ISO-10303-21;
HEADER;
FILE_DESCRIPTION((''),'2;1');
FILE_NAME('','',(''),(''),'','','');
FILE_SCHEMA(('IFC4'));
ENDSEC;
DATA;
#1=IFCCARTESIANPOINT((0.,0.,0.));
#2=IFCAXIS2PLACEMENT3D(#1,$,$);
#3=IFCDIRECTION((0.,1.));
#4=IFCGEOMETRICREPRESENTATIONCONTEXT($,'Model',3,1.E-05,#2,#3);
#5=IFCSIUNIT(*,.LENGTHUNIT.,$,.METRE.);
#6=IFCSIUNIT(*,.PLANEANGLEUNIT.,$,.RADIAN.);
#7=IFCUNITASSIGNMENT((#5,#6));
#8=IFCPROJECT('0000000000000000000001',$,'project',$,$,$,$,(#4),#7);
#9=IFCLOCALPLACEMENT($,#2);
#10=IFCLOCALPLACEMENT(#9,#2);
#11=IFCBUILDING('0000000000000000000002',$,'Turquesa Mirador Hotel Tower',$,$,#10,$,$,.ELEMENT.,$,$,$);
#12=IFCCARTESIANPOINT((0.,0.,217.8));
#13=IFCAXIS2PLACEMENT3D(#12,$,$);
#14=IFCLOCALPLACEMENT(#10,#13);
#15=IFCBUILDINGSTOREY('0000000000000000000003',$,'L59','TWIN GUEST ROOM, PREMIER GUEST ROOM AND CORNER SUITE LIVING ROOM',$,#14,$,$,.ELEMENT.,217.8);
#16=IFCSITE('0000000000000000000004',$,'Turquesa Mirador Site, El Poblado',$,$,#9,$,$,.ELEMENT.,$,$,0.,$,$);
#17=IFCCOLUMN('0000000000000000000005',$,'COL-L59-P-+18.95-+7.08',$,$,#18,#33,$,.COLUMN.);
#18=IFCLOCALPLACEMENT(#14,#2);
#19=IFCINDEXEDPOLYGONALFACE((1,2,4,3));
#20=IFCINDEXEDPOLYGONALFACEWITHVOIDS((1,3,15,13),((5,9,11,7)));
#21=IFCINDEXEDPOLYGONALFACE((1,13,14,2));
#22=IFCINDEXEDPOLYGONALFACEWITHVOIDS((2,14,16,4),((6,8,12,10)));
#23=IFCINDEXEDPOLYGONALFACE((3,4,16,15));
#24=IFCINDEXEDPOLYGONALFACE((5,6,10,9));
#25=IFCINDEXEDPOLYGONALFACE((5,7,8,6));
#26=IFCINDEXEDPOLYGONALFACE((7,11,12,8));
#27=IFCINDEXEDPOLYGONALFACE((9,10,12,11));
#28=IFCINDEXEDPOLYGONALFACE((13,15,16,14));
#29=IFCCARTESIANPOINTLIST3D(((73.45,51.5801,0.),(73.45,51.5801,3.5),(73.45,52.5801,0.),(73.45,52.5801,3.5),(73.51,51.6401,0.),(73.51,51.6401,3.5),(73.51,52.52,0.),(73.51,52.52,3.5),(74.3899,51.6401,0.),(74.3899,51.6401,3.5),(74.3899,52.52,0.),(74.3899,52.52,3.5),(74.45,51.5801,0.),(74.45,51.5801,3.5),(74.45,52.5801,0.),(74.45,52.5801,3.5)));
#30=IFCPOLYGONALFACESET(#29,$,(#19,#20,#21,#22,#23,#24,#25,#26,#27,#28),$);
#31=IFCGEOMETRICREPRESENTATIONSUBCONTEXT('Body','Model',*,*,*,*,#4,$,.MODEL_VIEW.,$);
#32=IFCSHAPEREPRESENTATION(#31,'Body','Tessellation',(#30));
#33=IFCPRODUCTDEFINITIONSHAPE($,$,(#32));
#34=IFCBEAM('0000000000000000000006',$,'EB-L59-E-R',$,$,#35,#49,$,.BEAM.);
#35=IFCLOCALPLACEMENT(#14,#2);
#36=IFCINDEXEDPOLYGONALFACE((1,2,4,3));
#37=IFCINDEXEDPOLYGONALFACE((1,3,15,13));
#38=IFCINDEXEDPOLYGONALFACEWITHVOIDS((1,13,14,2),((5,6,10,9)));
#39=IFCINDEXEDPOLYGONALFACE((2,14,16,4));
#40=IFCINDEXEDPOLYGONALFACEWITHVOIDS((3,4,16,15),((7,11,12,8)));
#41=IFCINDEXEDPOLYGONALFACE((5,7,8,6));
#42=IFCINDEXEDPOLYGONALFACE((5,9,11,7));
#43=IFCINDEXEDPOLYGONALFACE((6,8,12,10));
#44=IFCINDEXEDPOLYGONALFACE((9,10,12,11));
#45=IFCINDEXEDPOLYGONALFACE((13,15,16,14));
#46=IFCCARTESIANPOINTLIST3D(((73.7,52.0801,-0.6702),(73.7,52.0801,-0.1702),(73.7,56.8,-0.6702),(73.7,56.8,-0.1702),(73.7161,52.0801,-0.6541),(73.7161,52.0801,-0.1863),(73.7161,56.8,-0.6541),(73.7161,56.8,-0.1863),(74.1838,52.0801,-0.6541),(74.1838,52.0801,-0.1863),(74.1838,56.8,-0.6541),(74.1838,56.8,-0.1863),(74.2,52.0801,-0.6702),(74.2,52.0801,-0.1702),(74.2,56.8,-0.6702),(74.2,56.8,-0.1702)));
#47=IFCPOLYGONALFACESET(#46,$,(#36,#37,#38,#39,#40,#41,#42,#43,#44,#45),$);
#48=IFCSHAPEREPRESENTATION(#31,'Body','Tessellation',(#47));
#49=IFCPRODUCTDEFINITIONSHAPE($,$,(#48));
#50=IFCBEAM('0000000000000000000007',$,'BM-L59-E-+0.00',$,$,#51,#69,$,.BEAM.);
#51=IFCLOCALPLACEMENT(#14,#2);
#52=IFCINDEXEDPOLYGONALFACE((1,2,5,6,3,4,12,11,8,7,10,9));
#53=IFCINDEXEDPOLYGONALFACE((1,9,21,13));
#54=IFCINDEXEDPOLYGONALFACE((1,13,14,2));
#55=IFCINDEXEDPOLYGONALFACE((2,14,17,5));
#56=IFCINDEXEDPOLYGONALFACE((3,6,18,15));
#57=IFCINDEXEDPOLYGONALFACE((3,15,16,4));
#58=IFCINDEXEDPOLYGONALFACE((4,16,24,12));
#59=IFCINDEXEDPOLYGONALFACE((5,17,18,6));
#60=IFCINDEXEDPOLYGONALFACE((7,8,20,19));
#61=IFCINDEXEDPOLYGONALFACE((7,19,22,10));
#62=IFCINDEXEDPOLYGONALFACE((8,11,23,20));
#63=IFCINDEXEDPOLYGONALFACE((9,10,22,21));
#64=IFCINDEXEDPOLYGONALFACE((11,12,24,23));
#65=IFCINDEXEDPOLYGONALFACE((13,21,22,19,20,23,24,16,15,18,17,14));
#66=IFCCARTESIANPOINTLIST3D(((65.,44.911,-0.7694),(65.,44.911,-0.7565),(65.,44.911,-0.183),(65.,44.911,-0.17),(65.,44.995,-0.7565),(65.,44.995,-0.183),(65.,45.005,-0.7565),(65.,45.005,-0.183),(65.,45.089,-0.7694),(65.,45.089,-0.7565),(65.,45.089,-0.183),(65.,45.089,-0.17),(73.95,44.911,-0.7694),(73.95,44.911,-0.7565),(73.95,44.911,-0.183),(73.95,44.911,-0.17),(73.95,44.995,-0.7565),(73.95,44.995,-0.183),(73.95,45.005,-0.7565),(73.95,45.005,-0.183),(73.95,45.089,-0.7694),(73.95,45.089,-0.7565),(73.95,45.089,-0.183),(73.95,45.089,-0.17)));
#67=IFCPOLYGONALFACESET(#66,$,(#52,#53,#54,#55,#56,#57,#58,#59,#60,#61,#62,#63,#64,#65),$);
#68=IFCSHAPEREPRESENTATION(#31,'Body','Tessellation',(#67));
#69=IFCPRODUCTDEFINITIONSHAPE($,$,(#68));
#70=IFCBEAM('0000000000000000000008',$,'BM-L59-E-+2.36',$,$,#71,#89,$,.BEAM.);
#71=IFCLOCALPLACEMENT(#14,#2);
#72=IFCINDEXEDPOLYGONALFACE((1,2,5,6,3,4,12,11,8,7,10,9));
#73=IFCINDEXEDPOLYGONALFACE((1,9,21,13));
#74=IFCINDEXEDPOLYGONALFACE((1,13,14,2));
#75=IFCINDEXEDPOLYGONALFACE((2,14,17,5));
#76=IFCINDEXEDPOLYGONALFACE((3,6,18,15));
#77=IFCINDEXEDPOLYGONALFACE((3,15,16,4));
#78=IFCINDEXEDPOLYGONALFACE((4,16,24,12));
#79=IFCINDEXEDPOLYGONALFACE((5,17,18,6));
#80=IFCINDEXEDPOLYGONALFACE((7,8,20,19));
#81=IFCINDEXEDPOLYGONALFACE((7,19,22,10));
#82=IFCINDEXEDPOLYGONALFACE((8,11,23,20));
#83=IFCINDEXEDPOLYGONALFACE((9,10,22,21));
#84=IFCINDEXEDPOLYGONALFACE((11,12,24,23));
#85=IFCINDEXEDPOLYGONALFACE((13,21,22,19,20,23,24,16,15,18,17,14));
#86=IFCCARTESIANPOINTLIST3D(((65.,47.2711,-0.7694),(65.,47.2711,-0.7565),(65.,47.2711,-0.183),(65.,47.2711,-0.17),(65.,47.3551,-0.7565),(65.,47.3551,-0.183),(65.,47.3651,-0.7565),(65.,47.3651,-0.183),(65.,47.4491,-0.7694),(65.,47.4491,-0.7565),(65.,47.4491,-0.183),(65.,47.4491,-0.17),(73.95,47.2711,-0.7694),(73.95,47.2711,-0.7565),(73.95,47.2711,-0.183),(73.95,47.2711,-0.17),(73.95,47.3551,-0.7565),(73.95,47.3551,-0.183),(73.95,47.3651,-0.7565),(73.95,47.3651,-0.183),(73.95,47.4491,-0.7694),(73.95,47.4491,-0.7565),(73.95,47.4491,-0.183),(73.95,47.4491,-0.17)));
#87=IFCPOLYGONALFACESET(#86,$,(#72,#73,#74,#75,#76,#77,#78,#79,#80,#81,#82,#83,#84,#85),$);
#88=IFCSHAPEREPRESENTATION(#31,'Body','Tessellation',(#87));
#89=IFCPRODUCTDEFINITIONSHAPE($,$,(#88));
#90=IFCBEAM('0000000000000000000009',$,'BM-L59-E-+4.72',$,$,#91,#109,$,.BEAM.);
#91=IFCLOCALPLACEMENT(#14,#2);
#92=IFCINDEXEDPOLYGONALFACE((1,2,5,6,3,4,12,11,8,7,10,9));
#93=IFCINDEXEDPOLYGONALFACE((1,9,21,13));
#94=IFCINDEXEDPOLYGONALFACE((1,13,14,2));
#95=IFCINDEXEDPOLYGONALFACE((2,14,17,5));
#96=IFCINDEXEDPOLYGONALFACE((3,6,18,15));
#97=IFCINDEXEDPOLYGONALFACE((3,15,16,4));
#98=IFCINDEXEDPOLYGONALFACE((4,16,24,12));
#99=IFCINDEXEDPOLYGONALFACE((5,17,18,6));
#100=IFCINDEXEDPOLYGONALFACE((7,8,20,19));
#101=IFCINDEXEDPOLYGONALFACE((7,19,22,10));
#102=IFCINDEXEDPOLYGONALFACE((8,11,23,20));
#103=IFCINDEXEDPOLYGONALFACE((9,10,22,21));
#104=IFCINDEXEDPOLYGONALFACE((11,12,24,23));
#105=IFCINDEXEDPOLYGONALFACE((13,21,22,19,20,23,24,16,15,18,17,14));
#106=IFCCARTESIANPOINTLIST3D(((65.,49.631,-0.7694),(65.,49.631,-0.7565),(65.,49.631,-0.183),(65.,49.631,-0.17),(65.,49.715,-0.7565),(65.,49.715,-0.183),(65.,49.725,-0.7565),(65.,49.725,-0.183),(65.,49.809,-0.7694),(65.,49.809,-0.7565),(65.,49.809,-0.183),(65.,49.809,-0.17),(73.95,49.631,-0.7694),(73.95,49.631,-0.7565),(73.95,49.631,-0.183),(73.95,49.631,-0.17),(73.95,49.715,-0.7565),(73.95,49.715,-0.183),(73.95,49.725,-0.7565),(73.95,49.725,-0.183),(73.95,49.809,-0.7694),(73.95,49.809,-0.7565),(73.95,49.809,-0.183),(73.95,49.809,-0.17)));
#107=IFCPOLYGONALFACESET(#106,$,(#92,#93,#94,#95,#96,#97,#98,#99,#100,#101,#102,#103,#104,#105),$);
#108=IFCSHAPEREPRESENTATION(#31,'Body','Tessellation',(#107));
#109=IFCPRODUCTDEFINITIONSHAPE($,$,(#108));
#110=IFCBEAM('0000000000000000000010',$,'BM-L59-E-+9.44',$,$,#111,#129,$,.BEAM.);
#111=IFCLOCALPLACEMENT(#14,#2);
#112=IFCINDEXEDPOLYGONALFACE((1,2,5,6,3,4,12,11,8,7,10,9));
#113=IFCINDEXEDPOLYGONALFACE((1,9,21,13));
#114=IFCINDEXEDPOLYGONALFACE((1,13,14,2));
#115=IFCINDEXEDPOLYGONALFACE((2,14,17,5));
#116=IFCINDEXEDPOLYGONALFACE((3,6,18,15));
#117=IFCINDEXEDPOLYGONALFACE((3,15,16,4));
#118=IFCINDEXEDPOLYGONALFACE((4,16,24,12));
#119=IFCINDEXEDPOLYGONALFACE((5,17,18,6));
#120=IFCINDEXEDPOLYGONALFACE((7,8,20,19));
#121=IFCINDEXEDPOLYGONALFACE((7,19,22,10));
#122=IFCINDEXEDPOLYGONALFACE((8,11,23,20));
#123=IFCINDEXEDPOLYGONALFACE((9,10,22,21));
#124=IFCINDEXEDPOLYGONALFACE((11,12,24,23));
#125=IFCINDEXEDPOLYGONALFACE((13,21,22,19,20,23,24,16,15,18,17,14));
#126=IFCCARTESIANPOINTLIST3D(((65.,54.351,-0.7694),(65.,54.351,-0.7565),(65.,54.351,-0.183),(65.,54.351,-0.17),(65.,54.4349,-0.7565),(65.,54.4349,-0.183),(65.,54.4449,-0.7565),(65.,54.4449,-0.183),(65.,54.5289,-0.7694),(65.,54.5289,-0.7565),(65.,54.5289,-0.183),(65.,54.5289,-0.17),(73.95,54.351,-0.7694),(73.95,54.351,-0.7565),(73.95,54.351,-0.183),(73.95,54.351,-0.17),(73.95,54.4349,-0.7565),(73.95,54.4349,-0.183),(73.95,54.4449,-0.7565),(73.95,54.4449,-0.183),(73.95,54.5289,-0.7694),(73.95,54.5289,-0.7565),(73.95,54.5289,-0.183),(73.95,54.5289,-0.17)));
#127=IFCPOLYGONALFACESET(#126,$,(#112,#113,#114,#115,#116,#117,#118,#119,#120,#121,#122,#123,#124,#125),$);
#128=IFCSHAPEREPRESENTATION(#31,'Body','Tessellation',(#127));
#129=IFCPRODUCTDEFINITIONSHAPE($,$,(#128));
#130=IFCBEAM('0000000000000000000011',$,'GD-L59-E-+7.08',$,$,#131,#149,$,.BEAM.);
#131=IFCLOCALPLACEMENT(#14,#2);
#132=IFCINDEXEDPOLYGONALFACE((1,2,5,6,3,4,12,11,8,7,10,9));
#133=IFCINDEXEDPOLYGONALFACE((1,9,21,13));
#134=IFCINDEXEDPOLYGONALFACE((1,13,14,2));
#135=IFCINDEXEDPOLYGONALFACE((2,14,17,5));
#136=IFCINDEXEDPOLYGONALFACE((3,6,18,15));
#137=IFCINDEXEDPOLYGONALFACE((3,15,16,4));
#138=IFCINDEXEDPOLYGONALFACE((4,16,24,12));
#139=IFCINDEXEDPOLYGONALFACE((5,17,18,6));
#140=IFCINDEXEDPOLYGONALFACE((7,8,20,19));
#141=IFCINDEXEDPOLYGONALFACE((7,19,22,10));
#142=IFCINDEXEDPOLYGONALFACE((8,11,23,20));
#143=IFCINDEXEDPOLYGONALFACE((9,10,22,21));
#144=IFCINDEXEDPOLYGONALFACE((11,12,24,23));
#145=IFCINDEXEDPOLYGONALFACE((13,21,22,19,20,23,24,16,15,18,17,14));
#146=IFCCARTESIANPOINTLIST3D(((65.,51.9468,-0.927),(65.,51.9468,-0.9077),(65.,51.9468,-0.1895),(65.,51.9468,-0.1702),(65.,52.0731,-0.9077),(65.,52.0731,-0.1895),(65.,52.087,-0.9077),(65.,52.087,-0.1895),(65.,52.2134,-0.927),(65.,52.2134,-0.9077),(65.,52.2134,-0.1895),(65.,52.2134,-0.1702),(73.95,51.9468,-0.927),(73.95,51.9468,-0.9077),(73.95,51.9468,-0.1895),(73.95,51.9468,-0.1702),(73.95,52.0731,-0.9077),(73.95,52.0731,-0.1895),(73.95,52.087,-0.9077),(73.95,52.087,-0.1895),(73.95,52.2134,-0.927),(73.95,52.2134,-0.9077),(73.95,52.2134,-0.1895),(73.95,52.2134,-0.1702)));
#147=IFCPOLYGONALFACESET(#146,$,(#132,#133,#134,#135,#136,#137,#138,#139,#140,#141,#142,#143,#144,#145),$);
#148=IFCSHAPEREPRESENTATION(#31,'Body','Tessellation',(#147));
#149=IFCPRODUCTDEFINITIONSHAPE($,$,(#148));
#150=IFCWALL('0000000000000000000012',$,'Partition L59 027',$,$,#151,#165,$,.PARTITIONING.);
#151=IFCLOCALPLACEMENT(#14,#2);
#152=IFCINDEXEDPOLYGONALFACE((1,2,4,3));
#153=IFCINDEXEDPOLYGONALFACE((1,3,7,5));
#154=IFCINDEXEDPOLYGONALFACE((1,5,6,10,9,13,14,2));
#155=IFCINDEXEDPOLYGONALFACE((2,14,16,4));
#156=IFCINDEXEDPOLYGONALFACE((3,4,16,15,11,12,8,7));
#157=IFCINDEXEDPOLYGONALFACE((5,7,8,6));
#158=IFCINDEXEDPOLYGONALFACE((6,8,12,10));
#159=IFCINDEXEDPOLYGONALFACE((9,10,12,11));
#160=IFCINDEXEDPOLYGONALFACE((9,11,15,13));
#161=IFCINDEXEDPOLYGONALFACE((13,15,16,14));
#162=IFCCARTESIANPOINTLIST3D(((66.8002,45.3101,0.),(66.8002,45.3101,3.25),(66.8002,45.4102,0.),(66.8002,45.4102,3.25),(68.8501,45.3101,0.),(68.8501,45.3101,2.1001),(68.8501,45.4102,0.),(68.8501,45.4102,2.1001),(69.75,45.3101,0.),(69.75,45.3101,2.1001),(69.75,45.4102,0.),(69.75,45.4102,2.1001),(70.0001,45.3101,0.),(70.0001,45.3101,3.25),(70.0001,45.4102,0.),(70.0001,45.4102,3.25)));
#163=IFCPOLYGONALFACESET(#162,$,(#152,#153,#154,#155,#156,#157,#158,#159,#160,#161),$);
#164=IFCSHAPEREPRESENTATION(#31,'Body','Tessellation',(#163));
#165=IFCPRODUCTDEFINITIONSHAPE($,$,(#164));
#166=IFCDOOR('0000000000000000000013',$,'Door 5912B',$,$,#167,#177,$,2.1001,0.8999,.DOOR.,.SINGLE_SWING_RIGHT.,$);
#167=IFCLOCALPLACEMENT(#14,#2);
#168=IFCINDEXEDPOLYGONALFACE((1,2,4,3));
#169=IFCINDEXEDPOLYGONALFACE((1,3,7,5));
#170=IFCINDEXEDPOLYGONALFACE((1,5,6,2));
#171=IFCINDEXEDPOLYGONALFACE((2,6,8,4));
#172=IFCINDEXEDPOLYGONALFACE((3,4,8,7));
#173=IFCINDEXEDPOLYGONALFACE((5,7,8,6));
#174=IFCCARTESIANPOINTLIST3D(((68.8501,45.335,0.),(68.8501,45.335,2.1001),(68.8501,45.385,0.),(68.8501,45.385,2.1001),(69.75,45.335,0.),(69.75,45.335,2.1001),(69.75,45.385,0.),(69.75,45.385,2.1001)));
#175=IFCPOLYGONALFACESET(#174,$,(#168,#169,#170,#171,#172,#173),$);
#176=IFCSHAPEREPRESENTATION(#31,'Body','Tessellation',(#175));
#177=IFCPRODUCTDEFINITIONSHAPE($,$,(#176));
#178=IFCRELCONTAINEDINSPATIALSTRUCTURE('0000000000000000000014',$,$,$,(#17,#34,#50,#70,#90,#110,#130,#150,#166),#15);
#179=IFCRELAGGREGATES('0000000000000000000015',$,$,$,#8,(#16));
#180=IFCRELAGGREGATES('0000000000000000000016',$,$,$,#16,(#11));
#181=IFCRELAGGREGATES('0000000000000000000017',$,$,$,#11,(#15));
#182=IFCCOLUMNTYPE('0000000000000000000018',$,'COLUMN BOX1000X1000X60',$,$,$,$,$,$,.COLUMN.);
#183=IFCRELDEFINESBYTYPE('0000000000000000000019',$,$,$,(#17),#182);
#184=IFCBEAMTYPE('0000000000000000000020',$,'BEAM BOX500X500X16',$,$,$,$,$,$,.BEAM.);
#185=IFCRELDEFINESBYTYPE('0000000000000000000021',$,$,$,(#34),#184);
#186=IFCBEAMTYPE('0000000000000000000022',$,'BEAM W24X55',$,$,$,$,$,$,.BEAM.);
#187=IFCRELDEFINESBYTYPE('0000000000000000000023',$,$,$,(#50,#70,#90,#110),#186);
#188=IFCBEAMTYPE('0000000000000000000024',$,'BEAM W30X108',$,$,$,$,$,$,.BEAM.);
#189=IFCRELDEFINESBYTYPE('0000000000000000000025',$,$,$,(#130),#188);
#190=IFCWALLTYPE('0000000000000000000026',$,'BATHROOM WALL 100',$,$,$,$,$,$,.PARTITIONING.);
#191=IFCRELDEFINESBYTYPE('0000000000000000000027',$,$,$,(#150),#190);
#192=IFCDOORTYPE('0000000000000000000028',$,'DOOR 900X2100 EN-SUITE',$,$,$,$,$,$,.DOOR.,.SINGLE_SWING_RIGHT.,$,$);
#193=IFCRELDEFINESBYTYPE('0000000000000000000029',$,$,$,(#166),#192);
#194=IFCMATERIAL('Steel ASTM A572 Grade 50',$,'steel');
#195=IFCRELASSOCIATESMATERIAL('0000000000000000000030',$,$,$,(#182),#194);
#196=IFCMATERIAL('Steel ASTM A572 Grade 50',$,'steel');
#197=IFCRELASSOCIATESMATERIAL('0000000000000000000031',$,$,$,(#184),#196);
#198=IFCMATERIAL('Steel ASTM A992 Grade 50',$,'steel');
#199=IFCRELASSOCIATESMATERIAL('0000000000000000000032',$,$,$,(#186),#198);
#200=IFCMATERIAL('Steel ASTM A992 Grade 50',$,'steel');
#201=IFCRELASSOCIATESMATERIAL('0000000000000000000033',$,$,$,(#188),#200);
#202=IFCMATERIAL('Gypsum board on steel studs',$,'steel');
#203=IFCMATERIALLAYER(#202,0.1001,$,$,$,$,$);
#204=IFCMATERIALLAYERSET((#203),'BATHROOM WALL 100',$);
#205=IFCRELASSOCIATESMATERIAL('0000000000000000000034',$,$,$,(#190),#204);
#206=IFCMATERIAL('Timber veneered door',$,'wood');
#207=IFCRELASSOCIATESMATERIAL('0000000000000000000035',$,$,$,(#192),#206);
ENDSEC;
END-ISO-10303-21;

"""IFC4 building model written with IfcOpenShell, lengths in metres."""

from ifc_helpers import new_model, si_unit, direction, frame, frame_2d, origin, origin_2d, place, context, subcontext, project, spatial, rectangle, hollow_rectangle, i_section, extrude, material, layer, layer_set, material_profile, profile_set, type_object, element, fill, save


model = new_model("IFC4")

# Units and contexts
model_context = context("Model", 3, precision=1e-05, world=origin(), true_north=direction((0.0, 1.0)))
body_context = subcontext(model_context, "Body", "Model", "MODEL_VIEW")
ifc_project = project(units=[si_unit("LENGTHUNIT", "METRE"), si_unit("PLANEANGLEUNIT", "RADIAN")], contexts=[model_context])

# Site, building, storey
site_placement = place(None, origin())
site = spatial("IfcSite", under=ifc_project, at=site_placement, Name="Turquesa Mirador Site, El Poblado", CompositionType="ELEMENT", RefElevation=0.0)
building_placement = place(site_placement, origin())
building = spatial("IfcBuilding", under=site, at=building_placement, Name="Turquesa Mirador Hotel Tower", CompositionType="ELEMENT")
storey_placement = place(building_placement, frame((0.0, 0.0, 217.8)))
storey = spatial("IfcBuildingStorey", under=building, at=storey_placement, Name="L59", Description="TWIN GUEST ROOM, PREMIER GUEST ROOM AND CORNER SUITE LIVING ROOM", CompositionType="ELEMENT", Elevation=217.8)

# Column
ifc_material_1 = material(Name="Steel ASTM A572 Grade 50", Category="steel")
ifc_material_profile_1 = material_profile(ifc_material_1, hollow_rectangle(XDim=1.0, YDim=1.0, WallThickness=0.0601, at=origin_2d()), Name="BOX1000X1000X60")
ifc_profile_set_1 = profile_set([ifc_material_profile_1], Name="Steel ASTM A572 Grade 50")
column_type = type_object("IfcColumnType", Name="COLUMN BOX1000X1000X60", PredefinedType="COLUMN", material=ifc_profile_set_1)
column_placement = place(storey_placement, frame((73.95, 52.0801, 0.0), z_axis=(0.0, 0.0, 1.0), x_axis=(1.0, 0.0, 0.0)))
element("IfcColumn", 1, at=column_placement, inside=storey, type_object=column_type, Name="COL-L59-P-+18.95-+7.08", PredefinedType="COLUMN", context=body_context, shape_type="SweptSolid", body=[
    extrude(hollow_rectangle(XDim=1.0, YDim=1.0, WallThickness=0.0601, at=origin_2d()), origin(), (0.0, 0.0, 1.0), 3.5),
])

# Beams
ifc_material_2 = material(Name="Steel ASTM A572 Grade 50", Category="steel")
ifc_material_profile_2 = material_profile(ifc_material_2, hollow_rectangle(XDim=0.5, YDim=0.5, WallThickness=0.0161, at=origin_2d()), Name="BOX500X500X16")
ifc_profile_set_2 = profile_set([ifc_material_profile_2], Name="Steel ASTM A572 Grade 50")
beam_type_1 = type_object("IfcBeamType", Name="BEAM BOX500X500X16", PredefinedType="BEAM", material=ifc_profile_set_2)
beam_1_placement = place(storey_placement, frame((73.95, 52.0801, -0.4202), z_axis=(0.0, 1.0, 0.0), x_axis=(-1.0, 0.0, 0.0)))
element("IfcBeam", 2, at=beam_1_placement, inside=storey, type_object=beam_type_1, Name="EB-L59-E-R", PredefinedType="BEAM", context=body_context, shape_type="SweptSolid", body=[
    extrude(hollow_rectangle(XDim=0.5, YDim=0.5, WallThickness=0.0161, at=origin_2d()), origin(), (0.0, 0.0, 1.0), 4.72),
])
ifc_material_3 = material(Name="Steel ASTM A992 Grade 50", Category="steel")
ifc_material_profile_3 = material_profile(ifc_material_3, i_section(OverallWidth=0.178, OverallDepth=0.5994, WebThickness=0.01, FlangeThickness=0.0129, at=origin_2d()), Name="W24X55")
ifc_profile_set_3 = profile_set([ifc_material_profile_3], Name="Steel ASTM A992 Grade 50")
beam_type_2 = type_object("IfcBeamType", Name="BEAM W24X55", PredefinedType="BEAM", material=ifc_profile_set_3)
for number, where, z_axis, x_axis, name in (
    (3, (73.95, 45.0, -0.4697), (-1.0, 0.0, 0.0), (0.0, -1.0, 0.0), "BM-L59-E-+0.00"),
    (4, (73.95, 47.3601, -0.4697), (-1.0, 0.0, 0.0), (0.0, -1.0, 0.0), "BM-L59-E-+2.36"),
    (5, (73.95, 49.72, -0.4697), (-1.0, 0.0, 0.0), (0.0, -1.0, 0.0), "BM-L59-E-+4.72"),
    (6, (73.95, 54.4399, -0.4697), (-1.0, 0.0, 0.0), (0.0, -1.0, 0.0), "BM-L59-E-+9.44"),
):
    element("IfcBeam", number, at=place(storey_placement, frame(where, z_axis=z_axis, x_axis=x_axis)), inside=storey, type_object=beam_type_2, Name=name, PredefinedType="BEAM", context=body_context, shape_type="SweptSolid", body=[
        extrude(i_section(OverallWidth=0.178, OverallDepth=0.5994, WebThickness=0.01, FlangeThickness=0.0129, at=origin_2d()), origin(), (0.0, 0.0, 1.0), 8.95),
    ])
ifc_material_4 = material(Name="Steel ASTM A992 Grade 50", Category="steel")
ifc_material_profile_4 = material_profile(ifc_material_4, i_section(OverallWidth=0.2666, OverallDepth=0.7568, WebThickness=0.0139, FlangeThickness=0.0193, at=origin_2d()), Name="W30X108")
ifc_profile_set_4 = profile_set([ifc_material_profile_4], Name="Steel ASTM A992 Grade 50")
beam_type_3 = type_object("IfcBeamType", Name="BEAM W30X108", PredefinedType="BEAM", material=ifc_profile_set_4)
beam_2_placement = place(storey_placement, frame((73.95, 52.0801, -0.5486), z_axis=(-1.0, 0.0, 0.0), x_axis=(0.0, -1.0, 0.0)))
element("IfcBeam", 7, at=beam_2_placement, inside=storey, type_object=beam_type_3, Name="GD-L59-E-+7.08", PredefinedType="BEAM", context=body_context, shape_type="SweptSolid", body=[
    extrude(i_section(OverallWidth=0.2666, OverallDepth=0.7568, WebThickness=0.0139, FlangeThickness=0.0193, at=origin_2d()), origin(), (0.0, 0.0, 1.0), 8.95),
])

# Wall, opening, door
ifc_material_5 = material(Name="Gypsum board on steel studs", Category="steel")
ifc_layer_1 = layer(ifc_material_5, 0.1001)
ifc_layer_set_1 = layer_set([ifc_layer_1], Name="BATHROOM WALL 100")
wall_type_1 = type_object("IfcWallType", Name="BATHROOM WALL 100", PredefinedType="PARTITIONING", material=ifc_layer_set_1)
wall_1_placement = place(storey_placement, frame((66.8, 45.3601, 0.0), z_axis=(0.0, 0.0, 1.0), x_axis=(1.0, 0.0, 0.0)))
wall_1 = element("IfcWall", 8, at=wall_1_placement, inside=storey, type_object=wall_type_1, Name="Partition L59 027", PredefinedType="PARTITIONING", context=body_context, shape_type="SweptSolid", body=[
    extrude(rectangle(XDim=3.2, YDim=0.1001, at=frame_2d((1.6001, 0.0))), origin(), (0.0, 0.0, 1.0), 3.25),
])
opening_1_placement = place(wall_1_placement, frame((2.05, 0.0, 0.0)))
opening_1 = element("IfcOpeningElement", 9, at=opening_1_placement, cuts=wall_1, PredefinedType="OPENING", context=body_context, shape_type="SweptSolid", body=[
    extrude(rectangle(XDim=0.8999, YDim=2.1001, at=frame_2d((0.45, 1.05))), frame((0.0, 0.0601, 0.0), z_axis=(0.0, -1.0, 0.0), x_axis=(1.0, 0.0, 0.0)), (0.0, 0.0, 1.0), 0.1201),
])
ifc_material_6 = material(Name="Timber veneered door", Category="wood")
door_type_1 = type_object("IfcDoorType", Name="DOOR 900X2100 EN-SUITE", OperationType="SINGLE_SWING_RIGHT", PredefinedType="DOOR", material=ifc_material_6)
door_1_placement = place(opening_1_placement, origin())
door_1 = element("IfcDoor", 10, at=door_1_placement, inside=storey, type_object=door_type_1, Name="Door 5912B", OperationType="SINGLE_SWING_RIGHT", OverallHeight=2.1001, OverallWidth=0.8999, PredefinedType="DOOR", context=body_context, shape_type="SweptSolid", body=[
    extrude(rectangle(XDim=0.8999, YDim=2.1001, at=frame_2d((0.45, 1.05))), frame((0.0, 0.0249, 0.0), z_axis=(0.0, -1.0, 0.0), x_axis=(1.0, 0.0, 0.0)), (0.0, 0.0, 1.0), 0.05),
])
fill(opening_1, door_1)

save(model, "model.ifc")
